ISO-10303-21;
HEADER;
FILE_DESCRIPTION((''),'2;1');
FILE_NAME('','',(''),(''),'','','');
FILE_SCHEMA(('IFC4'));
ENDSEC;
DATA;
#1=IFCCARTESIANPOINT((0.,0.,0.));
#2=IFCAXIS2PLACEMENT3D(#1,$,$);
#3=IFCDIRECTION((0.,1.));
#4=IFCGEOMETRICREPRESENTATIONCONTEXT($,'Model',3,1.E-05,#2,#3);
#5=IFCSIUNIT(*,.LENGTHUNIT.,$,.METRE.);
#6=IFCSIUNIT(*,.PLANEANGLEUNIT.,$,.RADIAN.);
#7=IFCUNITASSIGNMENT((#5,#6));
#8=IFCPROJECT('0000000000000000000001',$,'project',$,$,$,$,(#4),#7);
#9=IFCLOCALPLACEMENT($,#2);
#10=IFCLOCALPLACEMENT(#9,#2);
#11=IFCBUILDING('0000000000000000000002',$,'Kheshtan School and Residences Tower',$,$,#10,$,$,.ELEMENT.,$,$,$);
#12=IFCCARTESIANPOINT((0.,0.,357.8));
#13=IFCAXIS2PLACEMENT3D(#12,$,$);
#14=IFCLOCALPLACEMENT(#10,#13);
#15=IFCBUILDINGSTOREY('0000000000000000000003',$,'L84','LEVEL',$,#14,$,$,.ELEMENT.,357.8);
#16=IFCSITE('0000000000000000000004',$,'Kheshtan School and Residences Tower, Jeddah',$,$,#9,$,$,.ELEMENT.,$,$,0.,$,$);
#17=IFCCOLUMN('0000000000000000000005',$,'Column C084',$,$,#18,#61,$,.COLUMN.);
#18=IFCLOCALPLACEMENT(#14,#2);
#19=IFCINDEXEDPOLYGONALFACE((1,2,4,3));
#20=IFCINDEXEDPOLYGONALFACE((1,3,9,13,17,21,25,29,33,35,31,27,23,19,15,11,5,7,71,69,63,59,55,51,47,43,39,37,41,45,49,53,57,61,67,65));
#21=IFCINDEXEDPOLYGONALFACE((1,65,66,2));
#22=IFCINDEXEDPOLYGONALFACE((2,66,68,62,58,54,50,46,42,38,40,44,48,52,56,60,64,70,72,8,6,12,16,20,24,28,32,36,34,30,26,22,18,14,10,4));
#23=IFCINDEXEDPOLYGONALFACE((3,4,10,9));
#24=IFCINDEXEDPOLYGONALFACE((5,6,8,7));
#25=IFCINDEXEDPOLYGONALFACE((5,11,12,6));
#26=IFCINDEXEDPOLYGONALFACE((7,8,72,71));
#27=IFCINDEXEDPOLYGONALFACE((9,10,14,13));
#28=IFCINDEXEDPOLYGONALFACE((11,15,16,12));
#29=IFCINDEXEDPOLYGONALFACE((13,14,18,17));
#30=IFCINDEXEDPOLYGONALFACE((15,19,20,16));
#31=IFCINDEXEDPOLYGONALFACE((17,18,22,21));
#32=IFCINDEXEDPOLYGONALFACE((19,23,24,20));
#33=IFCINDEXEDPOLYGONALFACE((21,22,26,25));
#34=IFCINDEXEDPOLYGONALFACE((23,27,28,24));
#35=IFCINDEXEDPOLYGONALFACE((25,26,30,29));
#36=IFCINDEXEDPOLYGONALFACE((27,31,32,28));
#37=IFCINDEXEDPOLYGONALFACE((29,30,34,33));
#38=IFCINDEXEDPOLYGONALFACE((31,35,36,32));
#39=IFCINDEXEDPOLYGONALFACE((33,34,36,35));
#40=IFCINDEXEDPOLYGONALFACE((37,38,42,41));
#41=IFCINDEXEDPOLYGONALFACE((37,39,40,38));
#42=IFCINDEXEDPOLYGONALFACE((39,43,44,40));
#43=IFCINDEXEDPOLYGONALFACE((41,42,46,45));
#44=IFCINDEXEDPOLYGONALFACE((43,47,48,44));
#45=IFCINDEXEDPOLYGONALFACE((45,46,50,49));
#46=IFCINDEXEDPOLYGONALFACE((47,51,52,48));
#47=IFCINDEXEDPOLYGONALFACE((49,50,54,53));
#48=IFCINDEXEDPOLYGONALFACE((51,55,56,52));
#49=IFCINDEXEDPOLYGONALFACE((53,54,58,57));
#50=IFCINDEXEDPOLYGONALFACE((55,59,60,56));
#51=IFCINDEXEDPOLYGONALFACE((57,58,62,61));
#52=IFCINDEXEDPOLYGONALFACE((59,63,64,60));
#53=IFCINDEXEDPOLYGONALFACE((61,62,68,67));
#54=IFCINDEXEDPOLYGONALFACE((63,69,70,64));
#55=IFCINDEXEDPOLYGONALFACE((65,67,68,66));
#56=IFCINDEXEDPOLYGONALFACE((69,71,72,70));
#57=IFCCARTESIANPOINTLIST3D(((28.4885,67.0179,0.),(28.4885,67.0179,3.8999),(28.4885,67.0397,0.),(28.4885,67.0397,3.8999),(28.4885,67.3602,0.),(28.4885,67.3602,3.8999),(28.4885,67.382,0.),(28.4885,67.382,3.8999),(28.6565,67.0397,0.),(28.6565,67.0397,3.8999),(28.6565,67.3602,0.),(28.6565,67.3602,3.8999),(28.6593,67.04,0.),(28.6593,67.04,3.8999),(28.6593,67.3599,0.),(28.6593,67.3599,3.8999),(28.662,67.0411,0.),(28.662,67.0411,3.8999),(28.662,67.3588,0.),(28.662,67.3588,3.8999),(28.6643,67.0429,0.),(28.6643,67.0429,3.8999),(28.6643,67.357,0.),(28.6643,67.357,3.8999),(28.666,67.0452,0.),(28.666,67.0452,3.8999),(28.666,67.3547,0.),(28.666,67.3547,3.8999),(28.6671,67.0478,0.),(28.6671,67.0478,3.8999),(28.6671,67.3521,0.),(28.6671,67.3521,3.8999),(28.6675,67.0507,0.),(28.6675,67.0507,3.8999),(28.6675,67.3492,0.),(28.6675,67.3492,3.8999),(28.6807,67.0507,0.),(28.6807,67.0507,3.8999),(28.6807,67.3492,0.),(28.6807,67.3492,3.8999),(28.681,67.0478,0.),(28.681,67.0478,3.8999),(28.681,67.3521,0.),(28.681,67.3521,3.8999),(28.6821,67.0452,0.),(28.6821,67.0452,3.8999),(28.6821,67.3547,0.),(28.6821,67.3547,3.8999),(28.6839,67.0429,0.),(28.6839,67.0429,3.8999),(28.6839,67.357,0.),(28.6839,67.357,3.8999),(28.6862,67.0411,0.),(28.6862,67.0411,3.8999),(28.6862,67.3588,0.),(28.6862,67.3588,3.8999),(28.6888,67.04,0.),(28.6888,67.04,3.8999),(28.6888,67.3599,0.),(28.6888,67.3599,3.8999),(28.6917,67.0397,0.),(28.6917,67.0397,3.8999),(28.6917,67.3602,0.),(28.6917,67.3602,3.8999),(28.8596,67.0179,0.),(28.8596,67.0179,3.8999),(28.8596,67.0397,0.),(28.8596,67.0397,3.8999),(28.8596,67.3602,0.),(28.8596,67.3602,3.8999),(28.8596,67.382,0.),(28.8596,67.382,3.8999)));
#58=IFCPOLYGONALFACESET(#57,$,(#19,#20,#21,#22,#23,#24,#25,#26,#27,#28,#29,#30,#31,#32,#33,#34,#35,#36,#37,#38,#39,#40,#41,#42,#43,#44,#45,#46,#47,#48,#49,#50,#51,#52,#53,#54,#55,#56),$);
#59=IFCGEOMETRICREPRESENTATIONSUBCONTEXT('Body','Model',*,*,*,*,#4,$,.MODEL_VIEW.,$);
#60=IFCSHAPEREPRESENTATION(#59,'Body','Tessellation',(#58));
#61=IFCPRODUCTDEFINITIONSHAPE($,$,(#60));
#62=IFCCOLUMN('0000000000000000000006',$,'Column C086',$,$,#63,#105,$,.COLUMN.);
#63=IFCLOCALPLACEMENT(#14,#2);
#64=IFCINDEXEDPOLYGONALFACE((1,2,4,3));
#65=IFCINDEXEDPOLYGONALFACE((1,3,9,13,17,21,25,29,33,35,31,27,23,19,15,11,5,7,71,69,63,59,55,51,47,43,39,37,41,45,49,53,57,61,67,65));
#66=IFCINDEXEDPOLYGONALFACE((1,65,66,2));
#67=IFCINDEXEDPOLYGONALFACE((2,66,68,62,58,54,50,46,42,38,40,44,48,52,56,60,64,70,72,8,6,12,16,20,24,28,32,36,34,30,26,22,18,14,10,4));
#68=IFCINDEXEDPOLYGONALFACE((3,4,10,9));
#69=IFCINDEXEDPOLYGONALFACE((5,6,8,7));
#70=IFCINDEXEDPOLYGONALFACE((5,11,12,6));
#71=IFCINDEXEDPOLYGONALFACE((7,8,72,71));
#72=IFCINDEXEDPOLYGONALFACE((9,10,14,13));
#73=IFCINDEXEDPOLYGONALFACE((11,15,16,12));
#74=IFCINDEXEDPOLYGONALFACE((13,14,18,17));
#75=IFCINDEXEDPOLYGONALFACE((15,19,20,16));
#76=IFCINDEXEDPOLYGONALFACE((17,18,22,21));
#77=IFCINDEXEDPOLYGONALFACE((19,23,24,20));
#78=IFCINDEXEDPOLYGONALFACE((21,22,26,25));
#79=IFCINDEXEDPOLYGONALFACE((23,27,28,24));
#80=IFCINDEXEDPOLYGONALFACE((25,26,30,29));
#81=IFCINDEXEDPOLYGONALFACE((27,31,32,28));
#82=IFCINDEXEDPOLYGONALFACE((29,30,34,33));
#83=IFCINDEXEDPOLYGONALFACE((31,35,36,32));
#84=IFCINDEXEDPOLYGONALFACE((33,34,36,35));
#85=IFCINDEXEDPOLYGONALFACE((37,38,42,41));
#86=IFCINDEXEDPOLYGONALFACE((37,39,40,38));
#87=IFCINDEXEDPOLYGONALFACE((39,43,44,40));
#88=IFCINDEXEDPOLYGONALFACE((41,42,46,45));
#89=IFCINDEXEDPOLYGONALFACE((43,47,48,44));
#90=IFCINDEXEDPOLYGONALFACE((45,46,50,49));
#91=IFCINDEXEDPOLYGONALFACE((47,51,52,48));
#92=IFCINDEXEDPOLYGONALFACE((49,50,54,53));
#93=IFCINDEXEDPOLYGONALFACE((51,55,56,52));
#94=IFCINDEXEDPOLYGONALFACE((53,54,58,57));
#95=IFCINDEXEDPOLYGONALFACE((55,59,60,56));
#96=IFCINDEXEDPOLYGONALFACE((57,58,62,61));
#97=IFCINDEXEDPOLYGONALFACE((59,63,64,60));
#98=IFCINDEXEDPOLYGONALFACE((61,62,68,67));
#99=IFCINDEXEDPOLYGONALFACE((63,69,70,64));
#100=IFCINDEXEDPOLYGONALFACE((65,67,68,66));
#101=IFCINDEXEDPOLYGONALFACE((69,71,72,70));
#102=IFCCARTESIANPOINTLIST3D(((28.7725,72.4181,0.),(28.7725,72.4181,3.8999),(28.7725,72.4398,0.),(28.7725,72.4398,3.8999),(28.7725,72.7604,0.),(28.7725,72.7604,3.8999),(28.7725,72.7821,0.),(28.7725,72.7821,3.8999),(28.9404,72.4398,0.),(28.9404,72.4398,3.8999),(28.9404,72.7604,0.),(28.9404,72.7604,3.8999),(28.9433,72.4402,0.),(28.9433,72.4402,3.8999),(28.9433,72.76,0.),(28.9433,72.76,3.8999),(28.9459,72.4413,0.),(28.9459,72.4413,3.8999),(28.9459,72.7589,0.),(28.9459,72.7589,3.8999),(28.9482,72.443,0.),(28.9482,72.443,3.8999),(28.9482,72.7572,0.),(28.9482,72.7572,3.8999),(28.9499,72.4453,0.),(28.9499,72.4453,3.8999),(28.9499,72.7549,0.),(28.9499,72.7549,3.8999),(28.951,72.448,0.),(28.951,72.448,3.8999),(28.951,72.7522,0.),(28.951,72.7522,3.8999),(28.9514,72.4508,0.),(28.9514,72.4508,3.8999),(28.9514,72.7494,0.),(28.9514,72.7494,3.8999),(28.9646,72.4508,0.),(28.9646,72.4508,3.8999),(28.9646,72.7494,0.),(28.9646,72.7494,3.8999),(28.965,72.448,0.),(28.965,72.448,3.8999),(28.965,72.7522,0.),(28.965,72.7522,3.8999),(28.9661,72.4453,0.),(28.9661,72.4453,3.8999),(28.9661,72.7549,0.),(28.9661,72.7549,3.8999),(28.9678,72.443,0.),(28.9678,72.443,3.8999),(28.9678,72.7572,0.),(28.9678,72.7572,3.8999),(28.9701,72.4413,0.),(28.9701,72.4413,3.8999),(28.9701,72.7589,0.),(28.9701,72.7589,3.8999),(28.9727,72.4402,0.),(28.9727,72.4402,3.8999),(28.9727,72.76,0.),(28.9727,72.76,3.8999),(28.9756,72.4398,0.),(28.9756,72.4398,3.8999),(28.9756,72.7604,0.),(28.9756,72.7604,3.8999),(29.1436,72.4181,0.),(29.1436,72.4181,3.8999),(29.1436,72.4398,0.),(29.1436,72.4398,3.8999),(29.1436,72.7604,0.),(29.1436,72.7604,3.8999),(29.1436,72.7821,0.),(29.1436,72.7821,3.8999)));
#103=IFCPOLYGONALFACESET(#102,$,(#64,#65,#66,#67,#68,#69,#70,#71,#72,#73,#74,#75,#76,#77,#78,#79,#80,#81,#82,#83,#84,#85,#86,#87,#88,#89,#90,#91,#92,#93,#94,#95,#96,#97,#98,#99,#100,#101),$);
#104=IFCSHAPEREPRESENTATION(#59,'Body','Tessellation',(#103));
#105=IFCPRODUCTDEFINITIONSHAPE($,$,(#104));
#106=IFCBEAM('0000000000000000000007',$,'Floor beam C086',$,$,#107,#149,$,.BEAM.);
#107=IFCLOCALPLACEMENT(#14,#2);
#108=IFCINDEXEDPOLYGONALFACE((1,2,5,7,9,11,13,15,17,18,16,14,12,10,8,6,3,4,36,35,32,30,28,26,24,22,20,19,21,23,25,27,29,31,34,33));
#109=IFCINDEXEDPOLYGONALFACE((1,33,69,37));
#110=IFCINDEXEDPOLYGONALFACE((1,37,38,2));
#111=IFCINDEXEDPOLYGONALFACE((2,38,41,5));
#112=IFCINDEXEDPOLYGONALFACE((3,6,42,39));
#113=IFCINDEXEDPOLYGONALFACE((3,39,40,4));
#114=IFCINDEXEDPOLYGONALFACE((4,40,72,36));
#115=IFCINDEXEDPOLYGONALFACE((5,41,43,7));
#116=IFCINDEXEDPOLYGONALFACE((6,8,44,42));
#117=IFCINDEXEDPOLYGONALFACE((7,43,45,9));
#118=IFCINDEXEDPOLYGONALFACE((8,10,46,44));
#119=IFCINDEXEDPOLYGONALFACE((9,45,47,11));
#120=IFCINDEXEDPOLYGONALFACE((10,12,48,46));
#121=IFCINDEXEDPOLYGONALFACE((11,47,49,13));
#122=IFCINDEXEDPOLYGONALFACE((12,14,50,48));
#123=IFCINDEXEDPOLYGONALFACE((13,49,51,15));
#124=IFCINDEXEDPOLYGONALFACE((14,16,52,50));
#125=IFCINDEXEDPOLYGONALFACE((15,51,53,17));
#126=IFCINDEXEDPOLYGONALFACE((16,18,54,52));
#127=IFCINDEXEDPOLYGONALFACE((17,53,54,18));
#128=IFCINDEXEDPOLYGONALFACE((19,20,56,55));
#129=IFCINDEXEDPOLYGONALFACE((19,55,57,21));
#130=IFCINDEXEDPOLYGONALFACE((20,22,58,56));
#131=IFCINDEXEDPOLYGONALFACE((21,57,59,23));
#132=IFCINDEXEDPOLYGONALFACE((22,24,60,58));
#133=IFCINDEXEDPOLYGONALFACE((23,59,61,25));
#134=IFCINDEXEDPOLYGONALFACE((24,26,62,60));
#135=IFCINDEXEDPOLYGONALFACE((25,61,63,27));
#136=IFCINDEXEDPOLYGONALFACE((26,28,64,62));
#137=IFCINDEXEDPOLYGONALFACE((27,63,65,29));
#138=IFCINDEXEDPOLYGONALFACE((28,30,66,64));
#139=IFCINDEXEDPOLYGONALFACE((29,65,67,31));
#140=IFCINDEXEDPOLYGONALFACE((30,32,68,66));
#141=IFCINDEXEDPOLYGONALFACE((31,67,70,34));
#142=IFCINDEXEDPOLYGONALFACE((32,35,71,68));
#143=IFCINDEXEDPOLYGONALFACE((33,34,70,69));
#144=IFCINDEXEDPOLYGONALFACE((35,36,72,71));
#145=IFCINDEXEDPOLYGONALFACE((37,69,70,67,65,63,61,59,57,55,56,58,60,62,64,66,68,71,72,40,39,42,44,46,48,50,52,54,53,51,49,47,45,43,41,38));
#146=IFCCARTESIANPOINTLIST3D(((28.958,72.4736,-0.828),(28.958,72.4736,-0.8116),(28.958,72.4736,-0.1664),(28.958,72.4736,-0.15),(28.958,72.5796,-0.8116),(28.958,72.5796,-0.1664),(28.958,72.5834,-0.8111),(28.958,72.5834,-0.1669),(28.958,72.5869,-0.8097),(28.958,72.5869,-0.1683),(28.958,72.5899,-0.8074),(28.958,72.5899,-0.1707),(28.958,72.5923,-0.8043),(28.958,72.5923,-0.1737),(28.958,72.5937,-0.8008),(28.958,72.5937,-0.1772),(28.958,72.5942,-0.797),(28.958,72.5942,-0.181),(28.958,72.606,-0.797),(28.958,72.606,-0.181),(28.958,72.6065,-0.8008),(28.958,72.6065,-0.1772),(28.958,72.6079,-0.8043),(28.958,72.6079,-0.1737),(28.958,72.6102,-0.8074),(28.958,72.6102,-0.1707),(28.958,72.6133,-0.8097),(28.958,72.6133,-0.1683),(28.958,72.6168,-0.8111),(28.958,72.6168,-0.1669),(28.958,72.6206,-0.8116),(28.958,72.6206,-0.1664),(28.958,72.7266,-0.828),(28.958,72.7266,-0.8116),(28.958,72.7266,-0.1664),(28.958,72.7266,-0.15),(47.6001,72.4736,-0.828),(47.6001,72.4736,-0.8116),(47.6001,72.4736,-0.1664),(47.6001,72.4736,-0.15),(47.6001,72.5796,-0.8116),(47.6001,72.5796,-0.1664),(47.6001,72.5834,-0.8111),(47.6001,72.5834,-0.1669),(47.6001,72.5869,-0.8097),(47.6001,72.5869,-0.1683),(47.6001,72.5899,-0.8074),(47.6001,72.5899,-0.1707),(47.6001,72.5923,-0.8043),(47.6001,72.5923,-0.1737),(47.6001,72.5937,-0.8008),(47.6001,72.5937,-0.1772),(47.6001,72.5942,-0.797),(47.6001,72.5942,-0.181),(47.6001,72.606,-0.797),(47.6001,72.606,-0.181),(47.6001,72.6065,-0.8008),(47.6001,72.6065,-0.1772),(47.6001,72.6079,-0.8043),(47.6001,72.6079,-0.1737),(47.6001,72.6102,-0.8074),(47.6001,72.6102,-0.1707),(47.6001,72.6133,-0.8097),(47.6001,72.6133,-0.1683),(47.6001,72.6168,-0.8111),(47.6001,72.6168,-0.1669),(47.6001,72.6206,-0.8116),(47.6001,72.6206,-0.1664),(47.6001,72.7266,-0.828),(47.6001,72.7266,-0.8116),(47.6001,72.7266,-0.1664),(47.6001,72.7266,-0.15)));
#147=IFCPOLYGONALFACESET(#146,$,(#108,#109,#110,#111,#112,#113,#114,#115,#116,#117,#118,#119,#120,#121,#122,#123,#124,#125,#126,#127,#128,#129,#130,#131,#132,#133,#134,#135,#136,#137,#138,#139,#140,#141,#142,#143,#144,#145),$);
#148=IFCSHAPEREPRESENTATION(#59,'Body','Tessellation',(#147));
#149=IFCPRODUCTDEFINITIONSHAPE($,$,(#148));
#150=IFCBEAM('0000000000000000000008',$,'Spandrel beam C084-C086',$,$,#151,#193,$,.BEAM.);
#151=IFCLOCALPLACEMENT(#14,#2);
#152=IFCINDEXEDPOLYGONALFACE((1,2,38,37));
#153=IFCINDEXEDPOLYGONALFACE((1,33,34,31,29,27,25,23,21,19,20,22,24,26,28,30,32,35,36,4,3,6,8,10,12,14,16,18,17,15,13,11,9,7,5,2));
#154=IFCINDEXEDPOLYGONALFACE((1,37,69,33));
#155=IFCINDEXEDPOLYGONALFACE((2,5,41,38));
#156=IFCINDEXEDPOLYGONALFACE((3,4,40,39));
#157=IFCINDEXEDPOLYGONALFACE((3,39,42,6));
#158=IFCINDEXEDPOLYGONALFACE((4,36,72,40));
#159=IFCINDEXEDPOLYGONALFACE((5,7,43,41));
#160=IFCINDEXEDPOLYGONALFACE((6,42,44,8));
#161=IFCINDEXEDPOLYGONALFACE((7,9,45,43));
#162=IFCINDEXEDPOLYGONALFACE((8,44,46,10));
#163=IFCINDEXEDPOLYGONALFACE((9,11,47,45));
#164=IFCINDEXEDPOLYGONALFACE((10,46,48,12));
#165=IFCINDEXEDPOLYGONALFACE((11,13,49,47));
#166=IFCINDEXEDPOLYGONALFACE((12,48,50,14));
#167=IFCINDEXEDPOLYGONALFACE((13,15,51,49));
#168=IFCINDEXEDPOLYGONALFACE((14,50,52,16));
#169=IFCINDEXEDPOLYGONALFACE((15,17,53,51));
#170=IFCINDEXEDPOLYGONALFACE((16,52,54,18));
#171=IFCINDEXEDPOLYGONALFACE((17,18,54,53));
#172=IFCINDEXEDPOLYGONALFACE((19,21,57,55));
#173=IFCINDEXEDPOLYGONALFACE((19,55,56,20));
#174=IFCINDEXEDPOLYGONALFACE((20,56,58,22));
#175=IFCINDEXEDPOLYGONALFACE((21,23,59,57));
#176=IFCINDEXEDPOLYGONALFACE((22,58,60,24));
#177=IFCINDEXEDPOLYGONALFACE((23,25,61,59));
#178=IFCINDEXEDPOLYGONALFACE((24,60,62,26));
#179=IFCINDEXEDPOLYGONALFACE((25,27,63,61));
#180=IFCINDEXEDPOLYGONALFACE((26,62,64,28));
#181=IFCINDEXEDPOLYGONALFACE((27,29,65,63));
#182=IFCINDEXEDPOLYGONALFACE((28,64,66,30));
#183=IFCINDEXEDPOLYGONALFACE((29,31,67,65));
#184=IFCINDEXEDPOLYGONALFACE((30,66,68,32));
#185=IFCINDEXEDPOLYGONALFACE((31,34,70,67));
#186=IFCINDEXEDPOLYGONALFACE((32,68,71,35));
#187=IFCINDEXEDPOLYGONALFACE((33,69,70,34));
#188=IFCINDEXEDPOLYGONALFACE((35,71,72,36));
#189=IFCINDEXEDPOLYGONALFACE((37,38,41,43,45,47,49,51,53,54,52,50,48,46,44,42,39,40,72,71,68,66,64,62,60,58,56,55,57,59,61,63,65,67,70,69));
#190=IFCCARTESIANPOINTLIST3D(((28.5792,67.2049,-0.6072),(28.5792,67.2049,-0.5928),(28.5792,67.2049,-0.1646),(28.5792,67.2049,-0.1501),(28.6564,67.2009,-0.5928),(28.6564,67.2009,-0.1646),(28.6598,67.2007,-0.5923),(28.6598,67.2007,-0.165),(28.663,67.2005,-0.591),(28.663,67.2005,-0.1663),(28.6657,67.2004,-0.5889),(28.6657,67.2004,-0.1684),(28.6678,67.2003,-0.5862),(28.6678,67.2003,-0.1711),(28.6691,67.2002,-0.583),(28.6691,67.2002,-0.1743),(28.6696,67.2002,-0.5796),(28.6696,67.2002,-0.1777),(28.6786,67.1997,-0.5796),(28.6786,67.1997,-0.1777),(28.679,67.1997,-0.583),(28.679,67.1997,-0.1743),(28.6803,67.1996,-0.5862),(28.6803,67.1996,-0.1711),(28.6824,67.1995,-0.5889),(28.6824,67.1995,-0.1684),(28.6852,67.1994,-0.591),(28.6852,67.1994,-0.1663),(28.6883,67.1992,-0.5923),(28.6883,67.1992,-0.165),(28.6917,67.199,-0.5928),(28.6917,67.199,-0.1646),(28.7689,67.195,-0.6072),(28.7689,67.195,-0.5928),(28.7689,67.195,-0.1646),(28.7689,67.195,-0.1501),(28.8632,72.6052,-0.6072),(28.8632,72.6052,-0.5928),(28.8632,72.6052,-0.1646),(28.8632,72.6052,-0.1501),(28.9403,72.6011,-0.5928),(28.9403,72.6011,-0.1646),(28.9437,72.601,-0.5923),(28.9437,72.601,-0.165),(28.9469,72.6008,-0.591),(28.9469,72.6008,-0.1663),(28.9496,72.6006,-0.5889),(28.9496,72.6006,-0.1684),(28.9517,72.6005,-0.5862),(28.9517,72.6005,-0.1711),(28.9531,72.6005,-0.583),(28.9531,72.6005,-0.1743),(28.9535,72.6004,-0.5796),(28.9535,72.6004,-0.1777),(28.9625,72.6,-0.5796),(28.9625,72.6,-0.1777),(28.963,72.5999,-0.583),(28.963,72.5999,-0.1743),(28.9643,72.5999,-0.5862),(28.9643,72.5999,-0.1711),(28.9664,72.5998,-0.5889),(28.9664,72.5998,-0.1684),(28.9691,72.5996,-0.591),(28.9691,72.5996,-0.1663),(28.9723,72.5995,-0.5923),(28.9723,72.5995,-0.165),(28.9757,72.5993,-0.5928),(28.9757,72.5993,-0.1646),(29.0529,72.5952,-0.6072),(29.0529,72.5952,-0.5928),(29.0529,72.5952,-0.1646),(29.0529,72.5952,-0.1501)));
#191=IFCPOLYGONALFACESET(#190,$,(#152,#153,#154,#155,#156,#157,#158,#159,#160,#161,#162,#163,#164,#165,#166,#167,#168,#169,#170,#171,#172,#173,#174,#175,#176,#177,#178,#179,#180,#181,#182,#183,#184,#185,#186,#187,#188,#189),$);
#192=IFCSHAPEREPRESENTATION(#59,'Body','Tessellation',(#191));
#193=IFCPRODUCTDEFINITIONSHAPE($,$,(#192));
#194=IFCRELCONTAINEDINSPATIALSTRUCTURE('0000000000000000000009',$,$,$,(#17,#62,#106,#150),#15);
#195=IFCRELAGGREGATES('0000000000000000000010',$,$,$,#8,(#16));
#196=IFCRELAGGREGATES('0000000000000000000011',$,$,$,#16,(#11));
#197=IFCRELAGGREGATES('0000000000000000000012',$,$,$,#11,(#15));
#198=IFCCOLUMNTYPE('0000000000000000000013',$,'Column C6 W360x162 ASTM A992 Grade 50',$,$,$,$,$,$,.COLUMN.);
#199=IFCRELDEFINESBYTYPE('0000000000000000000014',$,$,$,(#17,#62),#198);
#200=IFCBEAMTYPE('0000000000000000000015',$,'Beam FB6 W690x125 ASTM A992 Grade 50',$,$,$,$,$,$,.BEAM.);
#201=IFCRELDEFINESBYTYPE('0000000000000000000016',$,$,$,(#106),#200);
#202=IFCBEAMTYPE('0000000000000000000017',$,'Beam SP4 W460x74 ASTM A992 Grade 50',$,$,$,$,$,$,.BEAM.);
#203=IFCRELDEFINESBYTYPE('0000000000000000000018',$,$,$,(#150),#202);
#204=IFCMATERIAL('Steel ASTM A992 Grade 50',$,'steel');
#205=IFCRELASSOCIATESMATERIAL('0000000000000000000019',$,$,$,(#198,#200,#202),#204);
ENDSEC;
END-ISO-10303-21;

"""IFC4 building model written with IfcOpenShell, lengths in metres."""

from ifc_helpers import new_model, si_unit, direction, frame, origin, origin_2d, place, context, subcontext, project, spatial, i_section, extrude, material, material_profile, profile_set, type_object, element, save


model = new_model("IFC4")

# Units and contexts
model_context = context("Model", 3, precision=1e-05, world=origin(), true_north=direction((0.0, 1.0)))
body_context = subcontext(model_context, "Body", "Model", "MODEL_VIEW")
ifc_project = project(units=[si_unit("LENGTHUNIT", "METRE"), si_unit("PLANEANGLEUNIT", "RADIAN")], contexts=[model_context])

# Site, building, storey
site_placement = place(None, origin())
site = spatial("IfcSite", under=ifc_project, at=site_placement, Name="Kheshtan School and Residences Tower, Jeddah", CompositionType="ELEMENT", RefElevation=0.0)
building_placement = place(site_placement, origin())
building = spatial("IfcBuilding", under=site, at=building_placement, Name="Kheshtan School and Residences Tower", CompositionType="ELEMENT")
storey_placement = place(building_placement, frame((0.0, 0.0, 357.8)))
storey = spatial("IfcBuildingStorey", under=building, at=storey_placement, Name="L84", Description="LEVEL", CompositionType="ELEMENT", Elevation=357.8)

# Columns
ifc_material_1 = material(Name="Steel ASTM A992 Grade 50", Category="steel")
ifc_material_profile_1 = material_profile(ifc_material_1, i_section(OverallWidth=0.3711, OverallDepth=0.364, WebThickness=0.0132, FlangeThickness=0.0217, FilletRadius=0.011, at=origin_2d()), Name="W360x162")
ifc_profile_set_1 = profile_set([ifc_material_profile_1], Name="Steel ASTM A992 Grade 50")
column_type = type_object("IfcColumnType", Name="Column C6 W360x162 ASTM A992 Grade 50", PredefinedType="COLUMN", material=ifc_profile_set_1)
for number, where, z_axis, x_axis, name in (
    (1, (28.6741, 67.2, 0.0), (0.0, 0.0, 1.0), (1.0, 0.0, 0.0), "Column C084"),
    (2, (28.958, 72.6001, 0.0), (0.0, 0.0, 1.0), (1.0, 0.0, 0.0), "Column C086"),
):
    element("IfcColumn", number, at=place(storey_placement, frame(where, z_axis=z_axis, x_axis=x_axis)), inside=storey, type_object=column_type, Name=name, PredefinedType="COLUMN", context=body_context, shape_type="SweptSolid", body=[
        extrude(i_section(OverallWidth=0.3711, OverallDepth=0.364, WebThickness=0.0132, FlangeThickness=0.0217, FilletRadius=0.011, at=origin_2d()), origin(), (0.0, 0.0, 1.0), 3.8999),
    ])

# Beams
ifc_material_profile_2 = material_profile(ifc_material_1, i_section(OverallWidth=0.2529, OverallDepth=0.678, WebThickness=0.0117, FlangeThickness=0.0164, FilletRadius=0.0146, at=origin_2d()), Name="W690x125")
ifc_profile_set_2 = profile_set([ifc_material_profile_2], Name="Steel ASTM A992 Grade 50")
beam_type_1 = type_object("IfcBeamType", Name="Beam FB6 W690x125 ASTM A992 Grade 50", PredefinedType="BEAM", material=ifc_profile_set_2)
beam_1_placement = place(storey_placement, frame((28.958, 72.6001, -0.489), z_axis=(1.0, 0.0, 0.0), x_axis=(0.0, 1.0, 0.0)))
element("IfcBeam", 3, at=beam_1_placement, inside=storey, type_object=beam_type_1, Name="Floor beam C086", PredefinedType="BEAM", context=body_context, shape_type="SweptSolid", body=[
    extrude(i_section(OverallWidth=0.2529, OverallDepth=0.678, WebThickness=0.0117, FlangeThickness=0.0164, FilletRadius=0.0146, at=origin_2d()), origin(), (0.0, 0.0, 1.0), 18.6421),
])
ifc_material_profile_3 = material_profile(ifc_material_1, i_section(OverallWidth=0.1899, OverallDepth=0.457, WebThickness=0.009, FlangeThickness=0.0144, FilletRadius=0.0132, at=origin_2d()), Name="W460x74")
ifc_profile_set_3 = profile_set([ifc_material_profile_3], Name="Steel ASTM A992 Grade 50")
beam_type_2 = type_object("IfcBeamType", Name="Beam SP4 W460x74 ASTM A992 Grade 50", PredefinedType="BEAM", material=ifc_profile_set_3)
beam_2_placement = place(storey_placement, frame((28.6741, 67.2, -0.3787), z_axis=(0.052507, 0.998621, 0.0), x_axis=(-0.998621, 0.052507, 0.0)))
element("IfcBeam", 4, at=beam_2_placement, inside=storey, type_object=beam_type_2, Name="Spandrel beam C084-C086", PredefinedType="BEAM", context=body_context, shape_type="SweptSolid", body=[
    extrude(i_section(OverallWidth=0.1899, OverallDepth=0.457, WebThickness=0.009, FlangeThickness=0.0144, FilletRadius=0.0132, at=origin_2d()), origin(), (0.0, 0.0, 1.0), 5.4077),
])

save(model, "model.ifc")
